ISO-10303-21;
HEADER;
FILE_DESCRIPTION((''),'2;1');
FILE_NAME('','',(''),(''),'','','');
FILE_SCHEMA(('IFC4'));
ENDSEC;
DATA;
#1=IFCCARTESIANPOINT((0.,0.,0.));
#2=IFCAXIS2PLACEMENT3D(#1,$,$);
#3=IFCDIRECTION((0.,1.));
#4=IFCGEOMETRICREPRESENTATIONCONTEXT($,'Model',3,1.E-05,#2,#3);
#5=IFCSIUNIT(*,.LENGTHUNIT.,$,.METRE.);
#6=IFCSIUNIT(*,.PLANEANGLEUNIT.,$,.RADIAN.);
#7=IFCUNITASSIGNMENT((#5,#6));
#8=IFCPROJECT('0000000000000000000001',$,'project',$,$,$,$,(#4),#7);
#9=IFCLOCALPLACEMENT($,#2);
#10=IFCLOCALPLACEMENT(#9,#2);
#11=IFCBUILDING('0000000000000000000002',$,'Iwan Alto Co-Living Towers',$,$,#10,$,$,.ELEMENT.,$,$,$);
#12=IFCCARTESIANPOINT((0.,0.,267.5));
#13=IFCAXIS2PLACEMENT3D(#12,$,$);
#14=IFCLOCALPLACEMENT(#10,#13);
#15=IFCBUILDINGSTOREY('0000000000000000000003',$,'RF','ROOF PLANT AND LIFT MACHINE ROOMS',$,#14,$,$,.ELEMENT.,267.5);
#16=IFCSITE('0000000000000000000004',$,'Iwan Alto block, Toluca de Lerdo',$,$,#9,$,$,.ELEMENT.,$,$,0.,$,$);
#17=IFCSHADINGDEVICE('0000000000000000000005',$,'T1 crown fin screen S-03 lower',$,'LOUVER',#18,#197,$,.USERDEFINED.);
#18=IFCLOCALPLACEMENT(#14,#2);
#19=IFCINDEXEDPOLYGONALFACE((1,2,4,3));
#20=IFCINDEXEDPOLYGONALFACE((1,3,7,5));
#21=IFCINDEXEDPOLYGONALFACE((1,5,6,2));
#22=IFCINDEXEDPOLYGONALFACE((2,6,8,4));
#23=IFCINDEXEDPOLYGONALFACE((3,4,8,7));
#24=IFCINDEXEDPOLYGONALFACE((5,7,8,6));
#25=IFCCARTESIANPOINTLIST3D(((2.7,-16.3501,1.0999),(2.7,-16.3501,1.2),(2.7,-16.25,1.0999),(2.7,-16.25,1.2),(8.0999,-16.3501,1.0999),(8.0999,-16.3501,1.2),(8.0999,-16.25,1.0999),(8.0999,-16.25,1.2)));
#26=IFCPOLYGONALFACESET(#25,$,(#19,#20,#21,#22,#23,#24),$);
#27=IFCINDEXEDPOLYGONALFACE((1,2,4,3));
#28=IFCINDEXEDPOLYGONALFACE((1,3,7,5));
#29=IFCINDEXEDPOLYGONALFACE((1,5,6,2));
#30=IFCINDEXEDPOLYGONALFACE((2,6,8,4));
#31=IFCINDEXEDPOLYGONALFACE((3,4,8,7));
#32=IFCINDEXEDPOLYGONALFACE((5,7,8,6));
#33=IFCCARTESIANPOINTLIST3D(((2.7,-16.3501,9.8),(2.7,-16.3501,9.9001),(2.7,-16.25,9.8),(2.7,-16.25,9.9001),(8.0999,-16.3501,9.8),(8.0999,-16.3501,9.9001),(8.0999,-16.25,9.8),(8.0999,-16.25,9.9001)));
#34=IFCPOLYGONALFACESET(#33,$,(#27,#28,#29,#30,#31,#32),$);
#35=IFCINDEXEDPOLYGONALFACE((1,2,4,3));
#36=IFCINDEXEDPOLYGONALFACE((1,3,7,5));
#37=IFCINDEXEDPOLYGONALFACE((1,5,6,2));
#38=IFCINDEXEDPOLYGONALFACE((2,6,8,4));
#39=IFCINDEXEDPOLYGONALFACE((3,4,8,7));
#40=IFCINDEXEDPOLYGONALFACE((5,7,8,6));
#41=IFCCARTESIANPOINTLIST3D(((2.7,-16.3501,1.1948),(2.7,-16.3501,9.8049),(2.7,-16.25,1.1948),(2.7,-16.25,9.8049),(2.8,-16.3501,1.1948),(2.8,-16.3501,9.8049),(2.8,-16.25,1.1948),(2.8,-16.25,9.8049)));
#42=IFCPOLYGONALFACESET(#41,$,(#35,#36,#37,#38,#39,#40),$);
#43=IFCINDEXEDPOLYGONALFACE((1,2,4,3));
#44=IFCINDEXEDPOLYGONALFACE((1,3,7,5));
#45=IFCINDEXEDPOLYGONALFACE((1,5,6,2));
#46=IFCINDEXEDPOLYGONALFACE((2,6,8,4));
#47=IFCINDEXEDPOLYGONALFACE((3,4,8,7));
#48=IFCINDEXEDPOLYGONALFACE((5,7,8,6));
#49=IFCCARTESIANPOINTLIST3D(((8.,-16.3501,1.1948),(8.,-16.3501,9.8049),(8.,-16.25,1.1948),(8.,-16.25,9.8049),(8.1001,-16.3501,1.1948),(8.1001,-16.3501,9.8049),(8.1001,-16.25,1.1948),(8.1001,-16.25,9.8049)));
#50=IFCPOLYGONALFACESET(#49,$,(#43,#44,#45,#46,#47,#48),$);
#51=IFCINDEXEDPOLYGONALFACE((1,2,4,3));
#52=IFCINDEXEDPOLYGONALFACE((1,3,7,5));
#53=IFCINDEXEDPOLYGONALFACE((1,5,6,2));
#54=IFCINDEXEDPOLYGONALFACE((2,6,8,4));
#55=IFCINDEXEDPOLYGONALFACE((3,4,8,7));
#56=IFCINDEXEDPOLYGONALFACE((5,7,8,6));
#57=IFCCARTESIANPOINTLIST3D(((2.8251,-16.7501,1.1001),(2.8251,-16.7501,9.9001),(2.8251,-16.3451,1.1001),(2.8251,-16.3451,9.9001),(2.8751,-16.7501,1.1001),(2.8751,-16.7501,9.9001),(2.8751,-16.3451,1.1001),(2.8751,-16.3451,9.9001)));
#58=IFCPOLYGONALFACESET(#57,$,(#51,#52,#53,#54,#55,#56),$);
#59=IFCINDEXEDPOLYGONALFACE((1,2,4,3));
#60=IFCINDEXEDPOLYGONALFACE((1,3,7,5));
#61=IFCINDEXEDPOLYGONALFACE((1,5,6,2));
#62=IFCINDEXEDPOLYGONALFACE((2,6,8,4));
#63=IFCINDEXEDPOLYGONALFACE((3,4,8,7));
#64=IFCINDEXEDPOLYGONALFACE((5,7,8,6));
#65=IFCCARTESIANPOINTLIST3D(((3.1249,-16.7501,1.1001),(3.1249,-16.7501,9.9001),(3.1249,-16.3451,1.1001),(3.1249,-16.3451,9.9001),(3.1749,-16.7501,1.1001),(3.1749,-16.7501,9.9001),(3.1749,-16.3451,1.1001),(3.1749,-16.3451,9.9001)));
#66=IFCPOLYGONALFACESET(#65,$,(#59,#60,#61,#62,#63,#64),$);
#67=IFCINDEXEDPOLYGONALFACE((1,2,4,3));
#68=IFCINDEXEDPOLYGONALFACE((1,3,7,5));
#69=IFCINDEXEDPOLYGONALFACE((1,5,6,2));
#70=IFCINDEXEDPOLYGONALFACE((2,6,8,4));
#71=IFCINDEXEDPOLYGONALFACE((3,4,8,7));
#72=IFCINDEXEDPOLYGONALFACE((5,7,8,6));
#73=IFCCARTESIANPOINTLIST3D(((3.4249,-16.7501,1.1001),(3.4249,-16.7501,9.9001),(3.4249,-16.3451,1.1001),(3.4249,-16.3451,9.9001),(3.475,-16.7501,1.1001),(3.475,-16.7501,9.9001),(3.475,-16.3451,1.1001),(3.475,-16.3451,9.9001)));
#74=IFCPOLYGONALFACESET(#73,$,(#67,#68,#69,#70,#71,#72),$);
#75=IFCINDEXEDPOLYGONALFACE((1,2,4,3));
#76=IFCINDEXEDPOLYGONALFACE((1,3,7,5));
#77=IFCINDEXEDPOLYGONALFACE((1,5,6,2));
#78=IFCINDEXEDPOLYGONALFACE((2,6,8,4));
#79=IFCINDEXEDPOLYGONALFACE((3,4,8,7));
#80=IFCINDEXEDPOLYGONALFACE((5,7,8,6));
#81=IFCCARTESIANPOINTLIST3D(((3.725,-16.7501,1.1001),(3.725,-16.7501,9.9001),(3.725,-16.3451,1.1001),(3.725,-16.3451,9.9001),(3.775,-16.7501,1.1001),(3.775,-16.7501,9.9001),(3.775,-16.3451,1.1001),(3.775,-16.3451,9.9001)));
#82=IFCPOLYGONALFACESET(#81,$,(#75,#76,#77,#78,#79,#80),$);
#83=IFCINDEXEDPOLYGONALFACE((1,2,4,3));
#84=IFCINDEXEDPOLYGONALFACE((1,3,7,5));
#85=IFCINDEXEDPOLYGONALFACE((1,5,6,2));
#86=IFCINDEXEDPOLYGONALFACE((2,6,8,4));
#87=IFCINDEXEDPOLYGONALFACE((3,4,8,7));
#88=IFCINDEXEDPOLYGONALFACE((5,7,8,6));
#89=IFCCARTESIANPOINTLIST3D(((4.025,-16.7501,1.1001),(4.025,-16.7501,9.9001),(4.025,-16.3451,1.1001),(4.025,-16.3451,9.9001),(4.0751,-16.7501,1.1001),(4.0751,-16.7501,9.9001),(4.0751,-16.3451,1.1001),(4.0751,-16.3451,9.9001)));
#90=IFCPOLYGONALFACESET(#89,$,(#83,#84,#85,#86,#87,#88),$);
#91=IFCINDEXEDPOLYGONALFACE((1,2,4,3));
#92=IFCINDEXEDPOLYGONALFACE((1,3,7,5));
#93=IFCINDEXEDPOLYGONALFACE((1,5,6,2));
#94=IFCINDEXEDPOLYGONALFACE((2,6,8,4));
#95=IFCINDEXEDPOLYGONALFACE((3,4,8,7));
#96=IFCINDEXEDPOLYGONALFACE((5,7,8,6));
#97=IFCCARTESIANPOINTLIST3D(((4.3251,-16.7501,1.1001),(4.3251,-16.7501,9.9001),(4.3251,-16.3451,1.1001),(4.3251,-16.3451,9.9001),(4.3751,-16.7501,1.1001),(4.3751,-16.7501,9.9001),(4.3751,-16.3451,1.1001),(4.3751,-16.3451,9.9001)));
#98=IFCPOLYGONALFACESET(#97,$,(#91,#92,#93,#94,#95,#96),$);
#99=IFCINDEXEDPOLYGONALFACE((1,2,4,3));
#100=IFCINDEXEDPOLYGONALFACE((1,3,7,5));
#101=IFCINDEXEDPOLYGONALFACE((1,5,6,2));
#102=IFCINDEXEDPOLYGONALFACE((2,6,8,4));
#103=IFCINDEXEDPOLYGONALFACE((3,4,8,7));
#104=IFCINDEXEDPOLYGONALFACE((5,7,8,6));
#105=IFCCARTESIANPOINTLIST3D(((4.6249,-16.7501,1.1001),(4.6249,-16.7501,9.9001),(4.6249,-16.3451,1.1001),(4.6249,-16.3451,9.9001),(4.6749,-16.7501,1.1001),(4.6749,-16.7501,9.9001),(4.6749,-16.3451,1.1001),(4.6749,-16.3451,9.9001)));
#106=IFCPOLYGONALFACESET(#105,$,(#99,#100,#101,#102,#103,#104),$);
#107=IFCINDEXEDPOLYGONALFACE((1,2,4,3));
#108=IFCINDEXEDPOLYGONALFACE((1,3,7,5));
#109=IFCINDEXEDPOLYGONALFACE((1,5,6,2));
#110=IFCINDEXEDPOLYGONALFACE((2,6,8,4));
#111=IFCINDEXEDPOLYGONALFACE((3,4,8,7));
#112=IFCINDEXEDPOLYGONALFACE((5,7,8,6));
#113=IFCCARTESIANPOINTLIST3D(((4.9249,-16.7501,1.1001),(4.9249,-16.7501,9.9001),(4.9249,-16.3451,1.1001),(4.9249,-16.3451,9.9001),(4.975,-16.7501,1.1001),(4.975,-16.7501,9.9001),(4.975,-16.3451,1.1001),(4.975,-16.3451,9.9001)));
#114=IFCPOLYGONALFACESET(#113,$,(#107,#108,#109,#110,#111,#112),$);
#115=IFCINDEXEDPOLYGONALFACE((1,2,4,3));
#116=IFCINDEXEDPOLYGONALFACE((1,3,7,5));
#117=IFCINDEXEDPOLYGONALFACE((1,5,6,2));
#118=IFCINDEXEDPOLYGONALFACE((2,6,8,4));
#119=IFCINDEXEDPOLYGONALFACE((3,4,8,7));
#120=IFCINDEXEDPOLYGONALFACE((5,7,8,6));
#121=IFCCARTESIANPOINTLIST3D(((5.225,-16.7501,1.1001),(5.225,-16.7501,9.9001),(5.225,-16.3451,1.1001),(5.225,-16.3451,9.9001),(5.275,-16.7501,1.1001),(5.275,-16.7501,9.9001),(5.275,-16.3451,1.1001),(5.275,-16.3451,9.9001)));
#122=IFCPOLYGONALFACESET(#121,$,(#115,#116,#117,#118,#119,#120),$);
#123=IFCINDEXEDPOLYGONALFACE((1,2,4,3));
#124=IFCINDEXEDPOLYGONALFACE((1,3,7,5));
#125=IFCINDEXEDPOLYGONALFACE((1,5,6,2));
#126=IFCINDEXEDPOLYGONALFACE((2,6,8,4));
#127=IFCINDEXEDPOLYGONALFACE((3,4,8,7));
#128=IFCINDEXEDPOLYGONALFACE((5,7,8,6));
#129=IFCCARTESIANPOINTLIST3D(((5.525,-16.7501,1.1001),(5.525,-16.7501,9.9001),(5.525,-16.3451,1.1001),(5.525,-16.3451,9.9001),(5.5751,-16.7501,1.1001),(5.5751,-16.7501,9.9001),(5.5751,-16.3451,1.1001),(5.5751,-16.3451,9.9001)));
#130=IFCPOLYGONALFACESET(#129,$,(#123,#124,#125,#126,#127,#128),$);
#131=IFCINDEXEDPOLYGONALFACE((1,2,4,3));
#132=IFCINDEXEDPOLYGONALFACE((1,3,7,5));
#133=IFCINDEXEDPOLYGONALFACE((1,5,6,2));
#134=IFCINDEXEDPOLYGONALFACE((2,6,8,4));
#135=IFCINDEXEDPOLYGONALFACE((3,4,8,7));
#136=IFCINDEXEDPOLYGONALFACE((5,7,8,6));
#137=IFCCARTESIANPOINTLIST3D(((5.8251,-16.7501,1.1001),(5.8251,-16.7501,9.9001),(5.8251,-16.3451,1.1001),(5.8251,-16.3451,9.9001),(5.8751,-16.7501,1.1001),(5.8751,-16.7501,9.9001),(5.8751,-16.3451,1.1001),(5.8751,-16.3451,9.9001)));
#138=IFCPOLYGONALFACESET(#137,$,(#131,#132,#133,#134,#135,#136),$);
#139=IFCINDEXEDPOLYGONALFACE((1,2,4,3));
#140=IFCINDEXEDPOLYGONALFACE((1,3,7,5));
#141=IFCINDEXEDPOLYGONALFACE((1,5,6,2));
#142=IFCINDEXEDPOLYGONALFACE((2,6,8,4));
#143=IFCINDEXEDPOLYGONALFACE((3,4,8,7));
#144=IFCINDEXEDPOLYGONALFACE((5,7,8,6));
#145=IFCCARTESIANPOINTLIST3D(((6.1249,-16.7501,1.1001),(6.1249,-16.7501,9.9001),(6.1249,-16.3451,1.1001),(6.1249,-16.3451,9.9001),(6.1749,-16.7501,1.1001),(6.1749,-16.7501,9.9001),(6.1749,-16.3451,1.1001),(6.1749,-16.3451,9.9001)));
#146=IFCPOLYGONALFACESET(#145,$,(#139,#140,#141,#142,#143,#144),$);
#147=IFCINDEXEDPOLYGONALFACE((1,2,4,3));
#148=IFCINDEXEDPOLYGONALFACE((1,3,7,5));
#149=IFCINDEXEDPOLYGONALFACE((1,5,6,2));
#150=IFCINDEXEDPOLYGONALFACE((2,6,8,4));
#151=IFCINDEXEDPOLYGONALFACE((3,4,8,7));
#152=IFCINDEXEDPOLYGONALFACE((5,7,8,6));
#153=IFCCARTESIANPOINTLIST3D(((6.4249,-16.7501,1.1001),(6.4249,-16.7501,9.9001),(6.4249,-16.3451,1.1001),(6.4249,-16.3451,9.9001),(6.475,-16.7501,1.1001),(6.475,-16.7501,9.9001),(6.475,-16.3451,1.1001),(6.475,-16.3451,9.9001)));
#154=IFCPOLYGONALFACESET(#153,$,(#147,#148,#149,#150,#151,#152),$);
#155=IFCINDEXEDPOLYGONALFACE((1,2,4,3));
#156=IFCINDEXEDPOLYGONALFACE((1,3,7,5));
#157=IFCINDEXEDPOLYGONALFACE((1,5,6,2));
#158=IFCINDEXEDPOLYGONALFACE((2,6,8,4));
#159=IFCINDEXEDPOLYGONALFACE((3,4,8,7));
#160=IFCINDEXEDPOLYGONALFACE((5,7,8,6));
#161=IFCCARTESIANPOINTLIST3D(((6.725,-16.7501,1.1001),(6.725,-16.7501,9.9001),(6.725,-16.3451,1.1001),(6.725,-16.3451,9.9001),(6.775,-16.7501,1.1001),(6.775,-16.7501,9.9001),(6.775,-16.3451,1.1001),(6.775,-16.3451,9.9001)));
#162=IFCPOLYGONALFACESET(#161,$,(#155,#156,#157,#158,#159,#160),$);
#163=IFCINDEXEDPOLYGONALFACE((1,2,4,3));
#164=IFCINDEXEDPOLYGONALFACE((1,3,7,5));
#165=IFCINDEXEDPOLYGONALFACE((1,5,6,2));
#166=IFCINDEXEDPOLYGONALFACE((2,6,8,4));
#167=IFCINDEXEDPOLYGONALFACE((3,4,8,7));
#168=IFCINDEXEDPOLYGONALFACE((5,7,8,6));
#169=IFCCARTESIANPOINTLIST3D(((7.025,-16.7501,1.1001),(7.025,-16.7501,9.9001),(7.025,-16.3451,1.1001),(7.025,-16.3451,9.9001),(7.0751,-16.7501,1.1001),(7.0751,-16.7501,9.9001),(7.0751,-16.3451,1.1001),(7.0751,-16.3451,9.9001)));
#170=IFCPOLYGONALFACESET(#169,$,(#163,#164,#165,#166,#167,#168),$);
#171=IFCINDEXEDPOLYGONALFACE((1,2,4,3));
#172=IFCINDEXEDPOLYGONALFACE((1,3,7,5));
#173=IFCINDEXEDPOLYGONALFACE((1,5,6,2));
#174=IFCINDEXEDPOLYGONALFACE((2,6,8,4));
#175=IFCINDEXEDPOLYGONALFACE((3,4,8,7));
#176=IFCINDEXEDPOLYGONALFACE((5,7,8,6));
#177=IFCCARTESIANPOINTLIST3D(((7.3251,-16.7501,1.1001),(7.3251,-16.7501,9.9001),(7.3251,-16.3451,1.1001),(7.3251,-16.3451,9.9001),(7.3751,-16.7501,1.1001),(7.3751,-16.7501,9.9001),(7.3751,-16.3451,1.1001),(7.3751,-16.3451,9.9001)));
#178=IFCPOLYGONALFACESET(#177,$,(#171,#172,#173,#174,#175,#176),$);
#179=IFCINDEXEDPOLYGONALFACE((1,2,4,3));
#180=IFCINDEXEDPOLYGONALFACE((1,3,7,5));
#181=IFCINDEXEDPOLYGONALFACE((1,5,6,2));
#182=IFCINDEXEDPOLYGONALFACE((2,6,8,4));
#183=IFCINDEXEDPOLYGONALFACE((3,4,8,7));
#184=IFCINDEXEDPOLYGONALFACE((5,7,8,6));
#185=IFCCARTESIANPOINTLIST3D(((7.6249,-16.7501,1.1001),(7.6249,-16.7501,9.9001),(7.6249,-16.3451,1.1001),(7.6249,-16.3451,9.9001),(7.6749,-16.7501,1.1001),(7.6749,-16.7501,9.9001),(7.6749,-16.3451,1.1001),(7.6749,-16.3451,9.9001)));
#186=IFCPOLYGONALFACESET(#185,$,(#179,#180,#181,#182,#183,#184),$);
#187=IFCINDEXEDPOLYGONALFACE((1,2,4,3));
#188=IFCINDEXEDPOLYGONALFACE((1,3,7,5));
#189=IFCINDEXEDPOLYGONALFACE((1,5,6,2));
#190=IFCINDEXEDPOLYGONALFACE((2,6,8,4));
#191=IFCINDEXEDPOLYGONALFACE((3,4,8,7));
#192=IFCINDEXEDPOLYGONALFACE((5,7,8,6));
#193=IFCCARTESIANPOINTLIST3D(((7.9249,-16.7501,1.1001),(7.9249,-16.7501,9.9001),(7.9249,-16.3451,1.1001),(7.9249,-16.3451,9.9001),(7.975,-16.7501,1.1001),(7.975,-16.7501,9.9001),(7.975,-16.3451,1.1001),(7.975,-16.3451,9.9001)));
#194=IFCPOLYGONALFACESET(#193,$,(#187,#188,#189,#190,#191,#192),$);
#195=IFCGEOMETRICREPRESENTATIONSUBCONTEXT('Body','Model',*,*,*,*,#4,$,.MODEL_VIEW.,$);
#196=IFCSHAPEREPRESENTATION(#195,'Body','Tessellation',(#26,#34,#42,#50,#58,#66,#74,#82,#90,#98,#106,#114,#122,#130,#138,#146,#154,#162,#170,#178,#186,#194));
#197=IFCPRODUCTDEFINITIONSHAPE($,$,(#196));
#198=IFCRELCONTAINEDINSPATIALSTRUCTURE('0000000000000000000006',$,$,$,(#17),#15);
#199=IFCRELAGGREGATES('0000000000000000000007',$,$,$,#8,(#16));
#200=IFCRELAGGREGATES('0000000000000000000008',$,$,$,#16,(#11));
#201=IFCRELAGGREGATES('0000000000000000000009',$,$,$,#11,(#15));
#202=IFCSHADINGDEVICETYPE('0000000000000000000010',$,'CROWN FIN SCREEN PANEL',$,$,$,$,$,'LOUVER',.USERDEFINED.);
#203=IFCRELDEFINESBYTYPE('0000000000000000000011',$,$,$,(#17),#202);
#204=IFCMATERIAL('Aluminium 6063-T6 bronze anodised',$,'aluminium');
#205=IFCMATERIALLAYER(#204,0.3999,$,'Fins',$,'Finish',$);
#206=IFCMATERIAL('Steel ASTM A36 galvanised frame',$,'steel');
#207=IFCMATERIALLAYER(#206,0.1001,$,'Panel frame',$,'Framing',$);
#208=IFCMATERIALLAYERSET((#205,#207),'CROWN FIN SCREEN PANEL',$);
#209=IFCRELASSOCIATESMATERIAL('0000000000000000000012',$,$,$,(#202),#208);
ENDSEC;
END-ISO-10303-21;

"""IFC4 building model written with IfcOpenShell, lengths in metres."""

from ifc_helpers import new_model, si_unit, direction, frame, origin, origin_2d, place, context, subcontext, project, spatial, rectangle, extrude, material, layer, layer_set, type_object, element, save


model = new_model("IFC4")

# Units and contexts
model_context = context("Model", 3, precision=1e-05, world=origin(), true_north=direction((0.0, 1.0)))
body_context = subcontext(model_context, "Body", "Model", "MODEL_VIEW")
ifc_project = project(units=[si_unit("LENGTHUNIT", "METRE"), si_unit("PLANEANGLEUNIT", "RADIAN")], contexts=[model_context])

# Site, building, storey
site_placement = place(None, origin())
site = spatial("IfcSite", under=ifc_project, at=site_placement, Name="Iwan Alto block, Toluca de Lerdo", CompositionType="ELEMENT", RefElevation=0.0)
building_placement = place(site_placement, origin())
building = spatial("IfcBuilding", under=site, at=building_placement, Name="Iwan Alto Co-Living Towers", CompositionType="ELEMENT")
storey_placement = place(building_placement, frame((0.0, 0.0, 267.5)))
storey = spatial("IfcBuildingStorey", under=building, at=storey_placement, Name="RF", Description="ROOF PLANT AND LIFT MACHINE ROOMS", CompositionType="ELEMENT", Elevation=267.5)

# Shading device
ifc_material_1 = material(Name="Aluminium 6063-T6 bronze anodised", Category="aluminium")
ifc_layer_1 = layer(ifc_material_1, 0.3999, Name="Fins", Category="Finish")
ifc_material_2 = material(Name="Steel ASTM A36 galvanised frame", Category="steel")
ifc_layer_2 = layer(ifc_material_2, 0.1001, Name="Panel frame", Category="Framing")
ifc_layer_set = layer_set([ifc_layer_1, ifc_layer_2], Name="CROWN FIN SCREEN PANEL")
shading_device_type = type_object("IfcShadingDeviceType", Name="CROWN FIN SCREEN PANEL", ElementType="LOUVER", PredefinedType="USERDEFINED", material=ifc_layer_set)
shading_device_1_placement = place(storey_placement, frame((0.0, 0.0, -267.5)))
element("IfcShadingDevice", 1, at=shading_device_1_placement, inside=storey, type_object=shading_device_type, Name="T1 crown fin screen S-03 lower", ObjectType="LOUVER", PredefinedType="USERDEFINED", context=body_context, shape_type="SweptSolid", body=[
    extrude(rectangle(XDim=5.3999, YDim=0.1001, at=origin_2d()), frame((5.3999, -16.3, 268.5999), z_axis=(0.0, 0.0, 1.0), x_axis=(1.0, 0.0, 0.0)), (0.0, 0.0, 1.0), 0.1001),
    extrude(rectangle(XDim=5.3999, YDim=0.1001, at=origin_2d()), frame((5.3999, -16.3, 277.3), z_axis=(0.0, 0.0, 1.0), x_axis=(1.0, 0.0, 0.0)), (0.0, 0.0, 1.0), 0.1001),
    extrude(rectangle(XDim=0.1001, YDim=0.1001, at=origin_2d()), frame((2.75, -16.3, 268.6948), z_axis=(0.0, 0.0, 1.0), x_axis=(1.0, 0.0, 0.0)), (0.0, 0.0, 1.0), 8.6101),
    extrude(rectangle(XDim=0.1001, YDim=0.1001, at=origin_2d()), frame((8.05, -16.3, 268.6948), z_axis=(0.0, 0.0, 1.0), x_axis=(1.0, 0.0, 0.0)), (0.0, 0.0, 1.0), 8.6101),
    extrude(rectangle(XDim=0.05, YDim=0.405, at=origin_2d()), frame((2.8501, -16.5476, 268.6001), z_axis=(0.0, 0.0, 1.0), x_axis=(1.0, 0.0, 0.0)), (0.0, 0.0, 1.0), 8.8),
    extrude(rectangle(XDim=0.05, YDim=0.405, at=origin_2d()), frame((3.1499, -16.5476, 268.6001), z_axis=(0.0, 0.0, 1.0), x_axis=(1.0, 0.0, 0.0)), (0.0, 0.0, 1.0), 8.8),
    extrude(rectangle(XDim=0.05, YDim=0.405, at=origin_2d()), frame((3.45, -16.5476, 268.6001), z_axis=(0.0, 0.0, 1.0), x_axis=(1.0, 0.0, 0.0)), (0.0, 0.0, 1.0), 8.8),
    extrude(rectangle(XDim=0.05, YDim=0.405, at=origin_2d()), frame((3.75, -16.5476, 268.6001), z_axis=(0.0, 0.0, 1.0), x_axis=(1.0, 0.0, 0.0)), (0.0, 0.0, 1.0), 8.8),
    extrude(rectangle(XDim=0.05, YDim=0.405, at=origin_2d()), frame((4.05, -16.5476, 268.6001), z_axis=(0.0, 0.0, 1.0), x_axis=(1.0, 0.0, 0.0)), (0.0, 0.0, 1.0), 8.8),
    extrude(rectangle(XDim=0.05, YDim=0.405, at=origin_2d()), frame((4.3501, -16.5476, 268.6001), z_axis=(0.0, 0.0, 1.0), x_axis=(1.0, 0.0, 0.0)), (0.0, 0.0, 1.0), 8.8),
    extrude(rectangle(XDim=0.05, YDim=0.405, at=origin_2d()), frame((4.6499, -16.5476, 268.6001), z_axis=(0.0, 0.0, 1.0), x_axis=(1.0, 0.0, 0.0)), (0.0, 0.0, 1.0), 8.8),
    extrude(rectangle(XDim=0.05, YDim=0.405, at=origin_2d()), frame((4.95, -16.5476, 268.6001), z_axis=(0.0, 0.0, 1.0), x_axis=(1.0, 0.0, 0.0)), (0.0, 0.0, 1.0), 8.8),
    extrude(rectangle(XDim=0.05, YDim=0.405, at=origin_2d()), frame((5.25, -16.5476, 268.6001), z_axis=(0.0, 0.0, 1.0), x_axis=(1.0, 0.0, 0.0)), (0.0, 0.0, 1.0), 8.8),
    extrude(rectangle(XDim=0.05, YDim=0.405, at=origin_2d()), frame((5.55, -16.5476, 268.6001), z_axis=(0.0, 0.0, 1.0), x_axis=(1.0, 0.0, 0.0)), (0.0, 0.0, 1.0), 8.8),
    extrude(rectangle(XDim=0.05, YDim=0.405, at=origin_2d()), frame((5.8501, -16.5476, 268.6001), z_axis=(0.0, 0.0, 1.0), x_axis=(1.0, 0.0, 0.0)), (0.0, 0.0, 1.0), 8.8),
    extrude(rectangle(XDim=0.05, YDim=0.405, at=origin_2d()), frame((6.1499, -16.5476, 268.6001), z_axis=(0.0, 0.0, 1.0), x_axis=(1.0, 0.0, 0.0)), (0.0, 0.0, 1.0), 8.8),
    extrude(rectangle(XDim=0.05, YDim=0.405, at=origin_2d()), frame((6.45, -16.5476, 268.6001), z_axis=(0.0, 0.0, 1.0), x_axis=(1.0, 0.0, 0.0)), (0.0, 0.0, 1.0), 8.8),
    extrude(rectangle(XDim=0.05, YDim=0.405, at=origin_2d()), frame((6.75, -16.5476, 268.6001), z_axis=(0.0, 0.0, 1.0), x_axis=(1.0, 0.0, 0.0)), (0.0, 0.0, 1.0), 8.8),
    extrude(rectangle(XDim=0.05, YDim=0.405, at=origin_2d()), frame((7.05, -16.5476, 268.6001), z_axis=(0.0, 0.0, 1.0), x_axis=(1.0, 0.0, 0.0)), (0.0, 0.0, 1.0), 8.8),
    extrude(rectangle(XDim=0.05, YDim=0.405, at=origin_2d()), frame((7.3501, -16.5476, 268.6001), z_axis=(0.0, 0.0, 1.0), x_axis=(1.0, 0.0, 0.0)), (0.0, 0.0, 1.0), 8.8),
    extrude(rectangle(XDim=0.05, YDim=0.405, at=origin_2d()), frame((7.6499, -16.5476, 268.6001), z_axis=(0.0, 0.0, 1.0), x_axis=(1.0, 0.0, 0.0)), (0.0, 0.0, 1.0), 8.8),
    extrude(rectangle(XDim=0.05, YDim=0.405, at=origin_2d()), frame((7.95, -16.5476, 268.6001), z_axis=(0.0, 0.0, 1.0), x_axis=(1.0, 0.0, 0.0)), (0.0, 0.0, 1.0), 8.8),
])

save(model, "model.ifc")
